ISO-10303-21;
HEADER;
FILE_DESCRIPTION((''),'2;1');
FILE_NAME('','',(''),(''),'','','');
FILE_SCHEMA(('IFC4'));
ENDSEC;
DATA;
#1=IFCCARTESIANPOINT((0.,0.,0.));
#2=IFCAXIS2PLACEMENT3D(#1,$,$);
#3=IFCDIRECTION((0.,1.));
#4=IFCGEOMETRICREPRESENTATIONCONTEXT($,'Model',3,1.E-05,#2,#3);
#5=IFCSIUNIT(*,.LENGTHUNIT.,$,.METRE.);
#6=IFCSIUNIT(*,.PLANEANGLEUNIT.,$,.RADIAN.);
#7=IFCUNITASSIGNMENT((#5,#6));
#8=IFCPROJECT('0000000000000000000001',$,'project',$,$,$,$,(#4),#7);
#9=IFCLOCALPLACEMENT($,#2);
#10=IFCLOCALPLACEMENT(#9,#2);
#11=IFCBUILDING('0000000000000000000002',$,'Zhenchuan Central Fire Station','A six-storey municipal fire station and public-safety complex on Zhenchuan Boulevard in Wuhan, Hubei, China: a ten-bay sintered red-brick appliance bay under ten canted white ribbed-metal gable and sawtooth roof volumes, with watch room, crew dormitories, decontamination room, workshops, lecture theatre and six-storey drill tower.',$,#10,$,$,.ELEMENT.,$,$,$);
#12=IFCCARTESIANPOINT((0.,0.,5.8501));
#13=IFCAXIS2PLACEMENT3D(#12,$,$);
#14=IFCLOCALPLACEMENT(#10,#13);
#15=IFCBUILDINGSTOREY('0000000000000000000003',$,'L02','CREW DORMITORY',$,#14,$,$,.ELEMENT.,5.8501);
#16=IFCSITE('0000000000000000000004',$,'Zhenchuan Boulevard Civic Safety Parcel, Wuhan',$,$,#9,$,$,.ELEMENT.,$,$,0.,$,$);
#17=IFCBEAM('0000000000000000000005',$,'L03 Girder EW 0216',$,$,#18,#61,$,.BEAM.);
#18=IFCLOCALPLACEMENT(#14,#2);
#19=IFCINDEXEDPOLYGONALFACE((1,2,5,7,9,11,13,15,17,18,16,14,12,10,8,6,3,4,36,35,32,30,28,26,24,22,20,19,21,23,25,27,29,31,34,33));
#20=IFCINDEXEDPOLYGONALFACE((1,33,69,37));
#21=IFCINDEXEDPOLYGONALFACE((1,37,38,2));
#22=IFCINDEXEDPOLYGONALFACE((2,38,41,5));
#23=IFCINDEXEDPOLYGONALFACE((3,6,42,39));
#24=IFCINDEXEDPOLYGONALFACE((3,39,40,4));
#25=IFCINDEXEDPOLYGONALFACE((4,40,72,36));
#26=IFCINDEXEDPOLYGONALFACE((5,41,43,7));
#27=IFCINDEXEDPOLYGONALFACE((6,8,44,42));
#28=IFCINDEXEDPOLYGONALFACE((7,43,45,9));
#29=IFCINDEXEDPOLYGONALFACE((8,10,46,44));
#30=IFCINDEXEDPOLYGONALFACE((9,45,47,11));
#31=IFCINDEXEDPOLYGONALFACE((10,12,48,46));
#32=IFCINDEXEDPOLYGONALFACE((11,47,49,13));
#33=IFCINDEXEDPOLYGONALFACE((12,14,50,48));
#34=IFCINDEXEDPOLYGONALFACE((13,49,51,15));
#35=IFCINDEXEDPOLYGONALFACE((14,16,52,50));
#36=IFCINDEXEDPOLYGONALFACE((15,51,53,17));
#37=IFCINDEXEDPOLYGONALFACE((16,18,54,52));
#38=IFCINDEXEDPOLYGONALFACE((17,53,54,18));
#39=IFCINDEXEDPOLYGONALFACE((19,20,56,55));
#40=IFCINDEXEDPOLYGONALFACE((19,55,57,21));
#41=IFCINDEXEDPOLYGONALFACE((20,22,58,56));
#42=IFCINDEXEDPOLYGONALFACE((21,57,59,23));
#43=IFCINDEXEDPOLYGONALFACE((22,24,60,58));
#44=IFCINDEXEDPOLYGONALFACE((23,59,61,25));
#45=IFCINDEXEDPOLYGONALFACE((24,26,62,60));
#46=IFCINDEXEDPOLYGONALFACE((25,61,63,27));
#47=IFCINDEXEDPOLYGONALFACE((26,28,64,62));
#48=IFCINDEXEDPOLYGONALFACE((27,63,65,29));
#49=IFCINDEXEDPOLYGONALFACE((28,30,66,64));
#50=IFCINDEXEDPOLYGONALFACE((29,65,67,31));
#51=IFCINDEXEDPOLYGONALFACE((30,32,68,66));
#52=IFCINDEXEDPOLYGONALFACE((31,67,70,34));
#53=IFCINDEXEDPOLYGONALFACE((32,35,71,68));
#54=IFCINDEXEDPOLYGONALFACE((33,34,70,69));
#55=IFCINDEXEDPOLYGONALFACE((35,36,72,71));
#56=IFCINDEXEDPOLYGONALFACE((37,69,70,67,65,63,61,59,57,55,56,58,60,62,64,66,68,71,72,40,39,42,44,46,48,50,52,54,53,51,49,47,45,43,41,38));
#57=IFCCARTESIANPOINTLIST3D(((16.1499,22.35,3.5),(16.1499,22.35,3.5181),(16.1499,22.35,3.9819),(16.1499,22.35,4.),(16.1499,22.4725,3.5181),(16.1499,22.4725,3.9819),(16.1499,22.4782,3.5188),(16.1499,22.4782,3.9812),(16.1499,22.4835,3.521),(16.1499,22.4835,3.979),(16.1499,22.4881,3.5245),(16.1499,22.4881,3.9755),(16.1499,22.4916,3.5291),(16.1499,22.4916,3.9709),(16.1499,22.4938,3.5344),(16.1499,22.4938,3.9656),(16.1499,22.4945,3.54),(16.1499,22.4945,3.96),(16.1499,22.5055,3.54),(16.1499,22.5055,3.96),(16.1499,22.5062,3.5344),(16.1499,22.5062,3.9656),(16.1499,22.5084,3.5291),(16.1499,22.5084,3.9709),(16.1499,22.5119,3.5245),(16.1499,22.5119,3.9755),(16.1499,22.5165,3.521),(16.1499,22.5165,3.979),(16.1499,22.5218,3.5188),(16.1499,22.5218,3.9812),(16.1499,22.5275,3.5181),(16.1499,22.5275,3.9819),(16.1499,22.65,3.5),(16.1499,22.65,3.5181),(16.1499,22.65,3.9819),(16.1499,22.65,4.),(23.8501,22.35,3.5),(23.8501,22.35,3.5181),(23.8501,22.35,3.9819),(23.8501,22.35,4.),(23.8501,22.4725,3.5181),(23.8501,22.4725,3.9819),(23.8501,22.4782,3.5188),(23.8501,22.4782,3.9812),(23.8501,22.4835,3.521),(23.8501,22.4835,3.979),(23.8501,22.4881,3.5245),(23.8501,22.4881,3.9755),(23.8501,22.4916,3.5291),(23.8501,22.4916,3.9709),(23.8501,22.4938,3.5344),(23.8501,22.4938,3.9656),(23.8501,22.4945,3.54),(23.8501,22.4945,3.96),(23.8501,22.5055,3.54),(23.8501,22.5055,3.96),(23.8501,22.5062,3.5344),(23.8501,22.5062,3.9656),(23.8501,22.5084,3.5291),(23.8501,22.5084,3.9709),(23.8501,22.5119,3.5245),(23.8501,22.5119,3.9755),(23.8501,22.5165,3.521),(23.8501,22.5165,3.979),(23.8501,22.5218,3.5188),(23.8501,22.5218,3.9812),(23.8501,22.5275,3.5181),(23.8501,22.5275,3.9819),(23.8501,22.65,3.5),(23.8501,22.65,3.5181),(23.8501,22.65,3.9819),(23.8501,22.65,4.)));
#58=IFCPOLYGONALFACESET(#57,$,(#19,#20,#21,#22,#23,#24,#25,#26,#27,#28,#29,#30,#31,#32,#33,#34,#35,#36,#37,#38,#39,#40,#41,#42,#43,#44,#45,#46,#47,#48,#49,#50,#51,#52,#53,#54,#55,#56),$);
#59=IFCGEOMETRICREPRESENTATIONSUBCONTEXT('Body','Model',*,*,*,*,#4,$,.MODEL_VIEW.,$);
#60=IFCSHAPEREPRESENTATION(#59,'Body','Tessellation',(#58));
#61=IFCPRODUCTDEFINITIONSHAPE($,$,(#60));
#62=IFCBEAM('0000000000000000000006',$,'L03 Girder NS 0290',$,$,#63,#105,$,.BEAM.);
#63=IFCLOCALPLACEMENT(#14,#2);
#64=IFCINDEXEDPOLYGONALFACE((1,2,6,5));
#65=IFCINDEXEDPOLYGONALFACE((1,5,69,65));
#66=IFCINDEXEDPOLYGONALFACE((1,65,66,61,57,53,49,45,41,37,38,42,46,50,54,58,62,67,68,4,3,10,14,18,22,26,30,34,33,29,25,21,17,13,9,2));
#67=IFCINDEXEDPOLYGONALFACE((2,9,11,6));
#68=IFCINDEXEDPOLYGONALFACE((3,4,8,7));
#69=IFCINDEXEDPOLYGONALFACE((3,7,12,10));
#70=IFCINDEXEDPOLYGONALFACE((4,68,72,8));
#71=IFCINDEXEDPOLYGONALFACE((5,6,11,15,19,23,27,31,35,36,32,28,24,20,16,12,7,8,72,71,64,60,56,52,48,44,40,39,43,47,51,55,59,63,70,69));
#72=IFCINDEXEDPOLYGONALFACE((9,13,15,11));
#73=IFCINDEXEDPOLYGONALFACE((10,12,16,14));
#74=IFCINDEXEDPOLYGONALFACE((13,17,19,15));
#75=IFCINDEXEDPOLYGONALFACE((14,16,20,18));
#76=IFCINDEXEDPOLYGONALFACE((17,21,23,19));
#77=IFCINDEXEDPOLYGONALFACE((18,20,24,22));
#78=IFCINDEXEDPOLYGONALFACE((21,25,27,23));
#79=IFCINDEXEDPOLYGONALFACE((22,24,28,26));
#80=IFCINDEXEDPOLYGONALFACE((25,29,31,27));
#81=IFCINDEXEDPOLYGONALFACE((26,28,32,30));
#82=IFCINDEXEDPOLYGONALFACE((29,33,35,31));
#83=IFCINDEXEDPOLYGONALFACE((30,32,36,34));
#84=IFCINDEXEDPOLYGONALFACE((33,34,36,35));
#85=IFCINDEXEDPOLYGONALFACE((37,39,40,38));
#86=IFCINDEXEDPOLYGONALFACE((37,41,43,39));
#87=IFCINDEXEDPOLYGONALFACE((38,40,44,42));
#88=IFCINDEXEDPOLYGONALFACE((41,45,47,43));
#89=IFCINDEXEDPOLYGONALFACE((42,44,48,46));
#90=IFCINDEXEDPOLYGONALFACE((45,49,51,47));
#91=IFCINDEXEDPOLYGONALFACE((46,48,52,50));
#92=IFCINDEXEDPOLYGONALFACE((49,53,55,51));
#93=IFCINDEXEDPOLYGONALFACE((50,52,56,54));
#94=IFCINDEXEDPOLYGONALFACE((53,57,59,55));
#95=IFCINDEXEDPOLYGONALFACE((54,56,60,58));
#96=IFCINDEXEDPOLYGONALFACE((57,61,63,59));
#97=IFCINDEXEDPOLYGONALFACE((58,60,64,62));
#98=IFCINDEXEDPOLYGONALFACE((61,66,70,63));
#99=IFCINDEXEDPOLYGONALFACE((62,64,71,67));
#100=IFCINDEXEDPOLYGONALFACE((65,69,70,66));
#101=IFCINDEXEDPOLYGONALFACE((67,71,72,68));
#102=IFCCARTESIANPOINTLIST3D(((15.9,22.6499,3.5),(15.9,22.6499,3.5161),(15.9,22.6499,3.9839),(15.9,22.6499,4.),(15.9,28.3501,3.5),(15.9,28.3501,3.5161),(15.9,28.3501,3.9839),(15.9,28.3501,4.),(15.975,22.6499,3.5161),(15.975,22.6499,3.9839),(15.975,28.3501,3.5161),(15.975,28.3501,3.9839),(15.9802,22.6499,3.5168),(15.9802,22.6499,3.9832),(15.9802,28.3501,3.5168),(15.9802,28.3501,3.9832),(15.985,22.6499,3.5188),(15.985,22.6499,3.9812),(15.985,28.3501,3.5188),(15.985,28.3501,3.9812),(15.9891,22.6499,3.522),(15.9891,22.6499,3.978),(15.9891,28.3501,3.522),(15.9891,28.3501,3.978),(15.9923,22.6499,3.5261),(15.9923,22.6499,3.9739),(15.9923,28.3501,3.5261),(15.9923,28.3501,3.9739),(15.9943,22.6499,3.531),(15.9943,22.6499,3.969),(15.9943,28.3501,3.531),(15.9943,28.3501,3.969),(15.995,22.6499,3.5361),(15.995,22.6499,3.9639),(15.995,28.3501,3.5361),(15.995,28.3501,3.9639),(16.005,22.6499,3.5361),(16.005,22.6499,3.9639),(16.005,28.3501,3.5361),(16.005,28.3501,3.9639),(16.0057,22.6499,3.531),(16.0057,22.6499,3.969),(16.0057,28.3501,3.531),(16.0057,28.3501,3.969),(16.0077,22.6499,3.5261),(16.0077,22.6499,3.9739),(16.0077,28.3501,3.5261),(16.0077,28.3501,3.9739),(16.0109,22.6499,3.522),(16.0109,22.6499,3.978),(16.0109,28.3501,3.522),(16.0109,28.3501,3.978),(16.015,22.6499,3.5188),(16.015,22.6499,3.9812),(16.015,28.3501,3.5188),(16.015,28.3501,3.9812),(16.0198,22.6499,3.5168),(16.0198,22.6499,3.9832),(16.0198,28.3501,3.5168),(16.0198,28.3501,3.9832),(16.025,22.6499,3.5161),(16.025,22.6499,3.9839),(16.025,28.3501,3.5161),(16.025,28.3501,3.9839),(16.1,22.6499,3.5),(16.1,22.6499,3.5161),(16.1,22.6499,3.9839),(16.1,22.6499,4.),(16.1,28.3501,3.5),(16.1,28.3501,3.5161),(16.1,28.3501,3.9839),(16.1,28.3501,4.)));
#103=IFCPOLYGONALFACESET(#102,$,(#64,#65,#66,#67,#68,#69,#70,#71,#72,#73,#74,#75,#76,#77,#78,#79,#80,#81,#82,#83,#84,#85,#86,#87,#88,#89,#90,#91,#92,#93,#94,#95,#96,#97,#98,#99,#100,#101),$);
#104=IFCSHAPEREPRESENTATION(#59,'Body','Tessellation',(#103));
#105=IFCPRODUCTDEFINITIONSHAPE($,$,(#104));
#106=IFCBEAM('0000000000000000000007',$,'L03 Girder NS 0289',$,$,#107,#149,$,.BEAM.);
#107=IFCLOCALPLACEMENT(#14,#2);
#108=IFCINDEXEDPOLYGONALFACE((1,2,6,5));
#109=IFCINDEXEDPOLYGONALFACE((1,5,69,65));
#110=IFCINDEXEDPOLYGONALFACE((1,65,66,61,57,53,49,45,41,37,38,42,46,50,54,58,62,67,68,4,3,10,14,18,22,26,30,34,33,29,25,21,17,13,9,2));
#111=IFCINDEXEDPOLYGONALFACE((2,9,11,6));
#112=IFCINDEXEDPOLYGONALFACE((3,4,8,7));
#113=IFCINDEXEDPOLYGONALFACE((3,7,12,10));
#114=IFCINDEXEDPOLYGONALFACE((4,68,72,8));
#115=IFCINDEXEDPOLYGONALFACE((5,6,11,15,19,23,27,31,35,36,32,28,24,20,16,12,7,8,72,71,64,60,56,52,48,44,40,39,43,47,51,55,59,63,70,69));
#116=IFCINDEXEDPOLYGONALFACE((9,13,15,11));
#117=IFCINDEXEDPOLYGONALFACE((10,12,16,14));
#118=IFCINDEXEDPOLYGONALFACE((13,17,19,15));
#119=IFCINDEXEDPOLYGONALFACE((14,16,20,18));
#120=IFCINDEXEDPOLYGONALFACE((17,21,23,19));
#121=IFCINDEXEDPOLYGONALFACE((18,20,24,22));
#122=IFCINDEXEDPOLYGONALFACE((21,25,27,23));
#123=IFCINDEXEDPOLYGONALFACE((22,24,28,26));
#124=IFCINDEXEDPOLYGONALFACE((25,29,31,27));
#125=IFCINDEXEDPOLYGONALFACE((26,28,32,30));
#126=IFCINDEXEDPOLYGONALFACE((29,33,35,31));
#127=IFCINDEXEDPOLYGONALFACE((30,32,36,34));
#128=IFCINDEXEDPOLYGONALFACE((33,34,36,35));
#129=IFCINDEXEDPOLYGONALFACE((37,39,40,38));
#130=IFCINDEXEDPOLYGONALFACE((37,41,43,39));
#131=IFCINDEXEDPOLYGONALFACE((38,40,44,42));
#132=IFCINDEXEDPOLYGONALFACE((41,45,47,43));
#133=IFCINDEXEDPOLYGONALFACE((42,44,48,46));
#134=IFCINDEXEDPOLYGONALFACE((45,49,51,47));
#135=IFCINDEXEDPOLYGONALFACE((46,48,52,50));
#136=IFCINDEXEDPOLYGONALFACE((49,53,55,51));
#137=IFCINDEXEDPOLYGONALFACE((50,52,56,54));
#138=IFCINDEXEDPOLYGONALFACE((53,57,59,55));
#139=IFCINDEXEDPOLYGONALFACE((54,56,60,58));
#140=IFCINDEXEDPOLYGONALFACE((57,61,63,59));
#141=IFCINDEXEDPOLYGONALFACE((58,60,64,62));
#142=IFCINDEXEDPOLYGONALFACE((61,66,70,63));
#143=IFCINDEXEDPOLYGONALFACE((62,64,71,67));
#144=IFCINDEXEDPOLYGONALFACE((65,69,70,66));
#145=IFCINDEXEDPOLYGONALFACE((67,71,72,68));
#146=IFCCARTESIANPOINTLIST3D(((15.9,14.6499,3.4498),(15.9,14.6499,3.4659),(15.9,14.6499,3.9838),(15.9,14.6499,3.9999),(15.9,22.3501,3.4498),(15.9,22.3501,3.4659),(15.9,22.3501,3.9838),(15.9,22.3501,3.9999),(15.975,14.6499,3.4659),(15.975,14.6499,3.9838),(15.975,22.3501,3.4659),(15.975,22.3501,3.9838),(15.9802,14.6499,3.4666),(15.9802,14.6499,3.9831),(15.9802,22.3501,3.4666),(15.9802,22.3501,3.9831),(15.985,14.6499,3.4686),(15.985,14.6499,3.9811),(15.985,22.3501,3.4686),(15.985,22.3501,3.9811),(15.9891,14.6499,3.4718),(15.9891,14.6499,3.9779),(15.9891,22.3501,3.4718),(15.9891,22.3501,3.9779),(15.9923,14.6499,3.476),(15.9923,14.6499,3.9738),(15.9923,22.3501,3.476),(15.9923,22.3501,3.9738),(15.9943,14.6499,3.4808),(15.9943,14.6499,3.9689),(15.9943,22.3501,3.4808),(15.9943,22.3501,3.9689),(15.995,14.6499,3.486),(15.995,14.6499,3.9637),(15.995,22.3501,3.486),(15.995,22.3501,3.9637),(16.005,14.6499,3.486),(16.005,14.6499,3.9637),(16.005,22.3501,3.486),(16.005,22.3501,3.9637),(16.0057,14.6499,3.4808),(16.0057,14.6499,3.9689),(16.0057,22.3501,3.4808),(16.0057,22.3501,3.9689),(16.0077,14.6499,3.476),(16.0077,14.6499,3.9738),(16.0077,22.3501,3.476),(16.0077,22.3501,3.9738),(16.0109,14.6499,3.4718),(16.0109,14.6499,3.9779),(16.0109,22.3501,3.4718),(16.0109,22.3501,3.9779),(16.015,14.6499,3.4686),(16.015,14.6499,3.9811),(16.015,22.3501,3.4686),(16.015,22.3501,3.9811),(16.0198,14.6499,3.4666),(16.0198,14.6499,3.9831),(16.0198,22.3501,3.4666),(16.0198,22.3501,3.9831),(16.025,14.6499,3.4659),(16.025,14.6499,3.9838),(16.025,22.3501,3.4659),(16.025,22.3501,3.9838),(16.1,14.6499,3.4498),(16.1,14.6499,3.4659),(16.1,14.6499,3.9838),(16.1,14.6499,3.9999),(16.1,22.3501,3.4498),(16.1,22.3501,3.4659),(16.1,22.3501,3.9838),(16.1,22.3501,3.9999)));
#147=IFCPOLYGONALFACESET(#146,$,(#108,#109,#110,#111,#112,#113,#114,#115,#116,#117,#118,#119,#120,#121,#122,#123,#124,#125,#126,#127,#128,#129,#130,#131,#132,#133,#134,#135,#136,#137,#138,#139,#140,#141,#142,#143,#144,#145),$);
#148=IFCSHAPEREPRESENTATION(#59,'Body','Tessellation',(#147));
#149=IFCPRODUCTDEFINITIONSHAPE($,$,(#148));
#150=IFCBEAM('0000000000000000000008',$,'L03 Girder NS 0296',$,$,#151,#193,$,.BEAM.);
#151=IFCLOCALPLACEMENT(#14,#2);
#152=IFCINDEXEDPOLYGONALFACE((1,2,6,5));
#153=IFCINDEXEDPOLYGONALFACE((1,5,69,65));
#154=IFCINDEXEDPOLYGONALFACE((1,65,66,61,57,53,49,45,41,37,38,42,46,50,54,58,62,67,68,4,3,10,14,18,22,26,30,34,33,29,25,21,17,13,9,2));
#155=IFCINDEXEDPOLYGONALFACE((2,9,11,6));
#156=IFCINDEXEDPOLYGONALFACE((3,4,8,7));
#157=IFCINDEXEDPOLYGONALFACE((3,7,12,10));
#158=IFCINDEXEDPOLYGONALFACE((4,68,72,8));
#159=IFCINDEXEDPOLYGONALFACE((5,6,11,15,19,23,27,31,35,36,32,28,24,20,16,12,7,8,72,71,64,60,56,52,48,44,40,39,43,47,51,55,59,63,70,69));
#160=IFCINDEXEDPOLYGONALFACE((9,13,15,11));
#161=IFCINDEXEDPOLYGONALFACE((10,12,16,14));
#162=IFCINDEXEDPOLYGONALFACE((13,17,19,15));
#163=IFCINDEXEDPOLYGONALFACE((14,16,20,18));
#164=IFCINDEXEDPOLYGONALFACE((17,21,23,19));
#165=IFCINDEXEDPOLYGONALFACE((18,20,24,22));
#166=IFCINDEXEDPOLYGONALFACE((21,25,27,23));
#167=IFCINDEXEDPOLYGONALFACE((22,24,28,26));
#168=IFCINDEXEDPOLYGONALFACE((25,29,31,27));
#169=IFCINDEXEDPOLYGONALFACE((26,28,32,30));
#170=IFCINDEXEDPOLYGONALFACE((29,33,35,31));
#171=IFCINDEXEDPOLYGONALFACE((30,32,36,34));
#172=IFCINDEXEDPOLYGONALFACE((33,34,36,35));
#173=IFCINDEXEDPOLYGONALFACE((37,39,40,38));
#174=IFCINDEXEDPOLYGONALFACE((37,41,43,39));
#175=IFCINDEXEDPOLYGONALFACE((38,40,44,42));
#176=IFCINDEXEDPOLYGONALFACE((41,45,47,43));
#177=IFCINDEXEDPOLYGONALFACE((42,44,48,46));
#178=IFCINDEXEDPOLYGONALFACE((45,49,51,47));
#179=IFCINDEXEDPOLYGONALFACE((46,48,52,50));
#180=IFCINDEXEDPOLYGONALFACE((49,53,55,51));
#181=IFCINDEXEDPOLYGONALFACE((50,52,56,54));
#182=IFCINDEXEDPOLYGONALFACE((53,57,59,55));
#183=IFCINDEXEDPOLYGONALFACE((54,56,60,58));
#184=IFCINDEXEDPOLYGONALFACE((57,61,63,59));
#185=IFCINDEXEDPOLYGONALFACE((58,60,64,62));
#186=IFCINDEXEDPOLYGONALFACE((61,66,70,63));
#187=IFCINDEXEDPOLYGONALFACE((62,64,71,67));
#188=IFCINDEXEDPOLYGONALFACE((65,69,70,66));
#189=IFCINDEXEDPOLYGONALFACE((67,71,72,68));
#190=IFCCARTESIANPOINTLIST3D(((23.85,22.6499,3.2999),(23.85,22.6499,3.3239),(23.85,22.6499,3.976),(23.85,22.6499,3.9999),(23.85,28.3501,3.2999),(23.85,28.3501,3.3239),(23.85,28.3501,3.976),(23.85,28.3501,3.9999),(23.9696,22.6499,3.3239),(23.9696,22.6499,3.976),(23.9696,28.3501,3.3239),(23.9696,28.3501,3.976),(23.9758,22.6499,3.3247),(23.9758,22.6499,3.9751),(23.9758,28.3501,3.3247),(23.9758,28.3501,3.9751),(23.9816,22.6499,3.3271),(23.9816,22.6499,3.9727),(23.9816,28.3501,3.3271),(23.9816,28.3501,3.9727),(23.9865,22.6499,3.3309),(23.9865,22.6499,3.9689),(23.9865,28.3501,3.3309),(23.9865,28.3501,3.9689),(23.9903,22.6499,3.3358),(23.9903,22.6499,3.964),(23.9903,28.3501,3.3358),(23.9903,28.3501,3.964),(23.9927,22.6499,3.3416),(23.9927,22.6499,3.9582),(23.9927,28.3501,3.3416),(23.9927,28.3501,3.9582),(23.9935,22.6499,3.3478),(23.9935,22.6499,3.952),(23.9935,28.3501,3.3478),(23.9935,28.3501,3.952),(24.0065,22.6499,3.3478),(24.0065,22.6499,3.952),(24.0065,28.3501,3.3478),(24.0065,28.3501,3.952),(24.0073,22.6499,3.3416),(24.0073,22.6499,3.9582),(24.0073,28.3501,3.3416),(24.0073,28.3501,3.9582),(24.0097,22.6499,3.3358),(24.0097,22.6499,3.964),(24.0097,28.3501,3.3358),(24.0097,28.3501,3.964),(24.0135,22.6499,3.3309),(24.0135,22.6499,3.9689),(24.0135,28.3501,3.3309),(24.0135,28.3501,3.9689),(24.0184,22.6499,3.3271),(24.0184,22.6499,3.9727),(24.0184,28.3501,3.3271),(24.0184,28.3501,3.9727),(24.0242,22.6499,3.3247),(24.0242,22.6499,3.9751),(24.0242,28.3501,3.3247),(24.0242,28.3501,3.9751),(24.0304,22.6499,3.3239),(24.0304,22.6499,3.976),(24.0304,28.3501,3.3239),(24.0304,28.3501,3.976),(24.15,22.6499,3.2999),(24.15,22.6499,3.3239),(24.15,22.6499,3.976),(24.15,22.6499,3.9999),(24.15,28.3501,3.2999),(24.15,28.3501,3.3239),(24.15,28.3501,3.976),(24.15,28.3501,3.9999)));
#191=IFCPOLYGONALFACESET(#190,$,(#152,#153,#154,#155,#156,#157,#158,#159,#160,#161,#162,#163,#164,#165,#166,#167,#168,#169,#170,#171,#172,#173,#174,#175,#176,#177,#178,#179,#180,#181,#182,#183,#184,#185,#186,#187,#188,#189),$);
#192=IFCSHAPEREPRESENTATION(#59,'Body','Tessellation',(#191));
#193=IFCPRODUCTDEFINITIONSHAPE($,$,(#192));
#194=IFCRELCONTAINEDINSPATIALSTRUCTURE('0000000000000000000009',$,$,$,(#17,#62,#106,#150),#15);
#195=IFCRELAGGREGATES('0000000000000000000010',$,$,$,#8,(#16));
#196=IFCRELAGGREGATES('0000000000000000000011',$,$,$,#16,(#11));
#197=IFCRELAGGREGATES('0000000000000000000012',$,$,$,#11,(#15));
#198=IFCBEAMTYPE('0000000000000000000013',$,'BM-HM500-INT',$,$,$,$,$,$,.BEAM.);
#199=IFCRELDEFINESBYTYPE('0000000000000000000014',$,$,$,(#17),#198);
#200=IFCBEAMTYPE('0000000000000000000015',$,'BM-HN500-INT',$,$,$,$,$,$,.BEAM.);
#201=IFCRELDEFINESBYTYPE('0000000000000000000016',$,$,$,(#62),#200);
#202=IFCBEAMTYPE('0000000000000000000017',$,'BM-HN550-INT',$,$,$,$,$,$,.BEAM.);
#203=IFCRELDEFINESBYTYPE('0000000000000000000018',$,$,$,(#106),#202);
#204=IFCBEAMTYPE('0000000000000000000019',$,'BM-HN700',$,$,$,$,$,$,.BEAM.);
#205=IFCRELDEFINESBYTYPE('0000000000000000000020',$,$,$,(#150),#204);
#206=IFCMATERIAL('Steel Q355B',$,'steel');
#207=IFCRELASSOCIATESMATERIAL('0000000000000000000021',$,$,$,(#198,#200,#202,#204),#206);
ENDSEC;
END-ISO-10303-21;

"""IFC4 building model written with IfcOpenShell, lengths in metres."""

from ifc_helpers import new_model, si_unit, direction, frame, origin, origin_2d, place, context, subcontext, project, spatial, i_section, extrude, material, material_profile, profile_set, type_object, element, save


model = new_model("IFC4")

# Units and contexts
model_context = context("Model", 3, precision=1e-05, world=origin(), true_north=direction((0.0, 1.0)))
body_context = subcontext(model_context, "Body", "Model", "MODEL_VIEW")
ifc_project = project(units=[si_unit("LENGTHUNIT", "METRE"), si_unit("PLANEANGLEUNIT", "RADIAN")], contexts=[model_context])

# Site, building, storey
site_placement = place(None, origin())
site = spatial("IfcSite", under=ifc_project, at=site_placement, Name="Zhenchuan Boulevard Civic Safety Parcel, Wuhan", CompositionType="ELEMENT", RefElevation=0.0)
building_placement = place(site_placement, origin())
building = spatial("IfcBuilding", under=site, at=building_placement, Name="Zhenchuan Central Fire Station", Description="A six-storey municipal fire station and public-safety complex on Zhenchuan Boulevard in Wuhan, Hubei, China: a ten-bay sintered red-brick appliance bay under ten canted white ribbed-metal gable and sawtooth roof volumes, with watch room, crew dormitories, decontamination room, workshops, lecture theatre and six-storey drill tower.", CompositionType="ELEMENT")
storey_placement = place(building_placement, frame((0.0, 0.0, 5.8501)))
storey = spatial("IfcBuildingStorey", under=building, at=storey_placement, Name="L02", Description="CREW DORMITORY", CompositionType="ELEMENT", Elevation=5.8501)

# Shared definitions
ifc_material_1 = material(Name="Steel Q355B", Category="steel")

# Beams
ifc_material_profile_1 = material_profile(ifc_material_1, i_section(OverallWidth=0.3, OverallDepth=0.5, WebThickness=0.011, FlangeThickness=0.0181, FilletRadius=0.022, at=origin_2d()), Name="HM 500x300")
ifc_profile_set_1 = profile_set([ifc_material_profile_1], Name="Steel Q355B")
beam_type_1 = type_object("IfcBeamType", Name="BM-HM500-INT", PredefinedType="BEAM", material=ifc_profile_set_1)
beam_1_placement = place(storey_placement, frame((16.1499, 22.5, 3.75), z_axis=(1.0, 0.0, 0.0), x_axis=(0.0, 1.0, 0.0)))
element("IfcBeam", 1, at=beam_1_placement, inside=storey, type_object=beam_type_1, Name="L03 Girder EW 0216", PredefinedType="BEAM", context=body_context, shape_type="SweptSolid", body=[
    extrude(i_section(OverallWidth=0.3, OverallDepth=0.5, WebThickness=0.011, FlangeThickness=0.0181, FilletRadius=0.022, at=origin_2d()), origin(), (0.0, 0.0, 1.0), 7.7002),
])
ifc_material_profile_2 = material_profile(ifc_material_1, i_section(OverallWidth=0.2, OverallDepth=0.5, WebThickness=0.01, FlangeThickness=0.0161, FilletRadius=0.02, at=origin_2d()), Name="HN 500x200")
ifc_profile_set_2 = profile_set([ifc_material_profile_2], Name="Steel Q355B")
beam_type_2 = type_object("IfcBeamType", Name="BM-HN500-INT", PredefinedType="BEAM", material=ifc_profile_set_2)
beam_2_placement = place(storey_placement, frame((16.0, 22.6499, 3.75), z_axis=(0.0, 1.0, 0.0), x_axis=(-1.0, 0.0, 0.0)))
element("IfcBeam", 2, at=beam_2_placement, inside=storey, type_object=beam_type_2, Name="L03 Girder NS 0290", PredefinedType="BEAM", context=body_context, shape_type="SweptSolid", body=[
    extrude(i_section(OverallWidth=0.2, OverallDepth=0.5, WebThickness=0.01, FlangeThickness=0.0161, FilletRadius=0.02, at=origin_2d()), origin(), (0.0, 0.0, 1.0), 5.7002),
])
ifc_material_profile_3 = material_profile(ifc_material_1, i_section(OverallWidth=0.2, OverallDepth=0.55, WebThickness=0.01, FlangeThickness=0.0161, FilletRadius=0.02, at=origin_2d()), Name="HN 550x200")
ifc_profile_set_3 = profile_set([ifc_material_profile_3], Name="Steel Q355B")
beam_type_3 = type_object("IfcBeamType", Name="BM-HN550-INT", PredefinedType="BEAM", material=ifc_profile_set_3)
beam_3_placement = place(storey_placement, frame((16.0, 14.6499, 3.7249), z_axis=(0.0, 1.0, 0.0), x_axis=(-1.0, 0.0, 0.0)))
element("IfcBeam", 3, at=beam_3_placement, inside=storey, type_object=beam_type_3, Name="L03 Girder NS 0289", PredefinedType="BEAM", context=body_context, shape_type="SweptSolid", body=[
    extrude(i_section(OverallWidth=0.2, OverallDepth=0.55, WebThickness=0.01, FlangeThickness=0.0161, FilletRadius=0.02, at=origin_2d()), origin(), (0.0, 0.0, 1.0), 7.7002),
])
ifc_material_profile_4 = material_profile(ifc_material_1, i_section(OverallWidth=0.3, OverallDepth=0.7, WebThickness=0.0129, FlangeThickness=0.0239, FilletRadius=0.0239, at=origin_2d()), Name="HN 700x300")
ifc_profile_set_4 = profile_set([ifc_material_profile_4], Name="Steel Q355B")
beam_type_4 = type_object("IfcBeamType", Name="BM-HN700", PredefinedType="BEAM", material=ifc_profile_set_4)
beam_4_placement = place(storey_placement, frame((24.0, 22.6499, 3.6499), z_axis=(0.0, 1.0, 0.0), x_axis=(-1.0, 0.0, 0.0)))
element("IfcBeam", 4, at=beam_4_placement, inside=storey, type_object=beam_type_4, Name="L03 Girder NS 0296", PredefinedType="BEAM", context=body_context, shape_type="SweptSolid", body=[
    extrude(i_section(OverallWidth=0.3, OverallDepth=0.7, WebThickness=0.0129, FlangeThickness=0.0239, FilletRadius=0.0239, at=origin_2d()), origin(), (0.0, 0.0, 1.0), 5.7002),
])

save(model, "model.ifc")
